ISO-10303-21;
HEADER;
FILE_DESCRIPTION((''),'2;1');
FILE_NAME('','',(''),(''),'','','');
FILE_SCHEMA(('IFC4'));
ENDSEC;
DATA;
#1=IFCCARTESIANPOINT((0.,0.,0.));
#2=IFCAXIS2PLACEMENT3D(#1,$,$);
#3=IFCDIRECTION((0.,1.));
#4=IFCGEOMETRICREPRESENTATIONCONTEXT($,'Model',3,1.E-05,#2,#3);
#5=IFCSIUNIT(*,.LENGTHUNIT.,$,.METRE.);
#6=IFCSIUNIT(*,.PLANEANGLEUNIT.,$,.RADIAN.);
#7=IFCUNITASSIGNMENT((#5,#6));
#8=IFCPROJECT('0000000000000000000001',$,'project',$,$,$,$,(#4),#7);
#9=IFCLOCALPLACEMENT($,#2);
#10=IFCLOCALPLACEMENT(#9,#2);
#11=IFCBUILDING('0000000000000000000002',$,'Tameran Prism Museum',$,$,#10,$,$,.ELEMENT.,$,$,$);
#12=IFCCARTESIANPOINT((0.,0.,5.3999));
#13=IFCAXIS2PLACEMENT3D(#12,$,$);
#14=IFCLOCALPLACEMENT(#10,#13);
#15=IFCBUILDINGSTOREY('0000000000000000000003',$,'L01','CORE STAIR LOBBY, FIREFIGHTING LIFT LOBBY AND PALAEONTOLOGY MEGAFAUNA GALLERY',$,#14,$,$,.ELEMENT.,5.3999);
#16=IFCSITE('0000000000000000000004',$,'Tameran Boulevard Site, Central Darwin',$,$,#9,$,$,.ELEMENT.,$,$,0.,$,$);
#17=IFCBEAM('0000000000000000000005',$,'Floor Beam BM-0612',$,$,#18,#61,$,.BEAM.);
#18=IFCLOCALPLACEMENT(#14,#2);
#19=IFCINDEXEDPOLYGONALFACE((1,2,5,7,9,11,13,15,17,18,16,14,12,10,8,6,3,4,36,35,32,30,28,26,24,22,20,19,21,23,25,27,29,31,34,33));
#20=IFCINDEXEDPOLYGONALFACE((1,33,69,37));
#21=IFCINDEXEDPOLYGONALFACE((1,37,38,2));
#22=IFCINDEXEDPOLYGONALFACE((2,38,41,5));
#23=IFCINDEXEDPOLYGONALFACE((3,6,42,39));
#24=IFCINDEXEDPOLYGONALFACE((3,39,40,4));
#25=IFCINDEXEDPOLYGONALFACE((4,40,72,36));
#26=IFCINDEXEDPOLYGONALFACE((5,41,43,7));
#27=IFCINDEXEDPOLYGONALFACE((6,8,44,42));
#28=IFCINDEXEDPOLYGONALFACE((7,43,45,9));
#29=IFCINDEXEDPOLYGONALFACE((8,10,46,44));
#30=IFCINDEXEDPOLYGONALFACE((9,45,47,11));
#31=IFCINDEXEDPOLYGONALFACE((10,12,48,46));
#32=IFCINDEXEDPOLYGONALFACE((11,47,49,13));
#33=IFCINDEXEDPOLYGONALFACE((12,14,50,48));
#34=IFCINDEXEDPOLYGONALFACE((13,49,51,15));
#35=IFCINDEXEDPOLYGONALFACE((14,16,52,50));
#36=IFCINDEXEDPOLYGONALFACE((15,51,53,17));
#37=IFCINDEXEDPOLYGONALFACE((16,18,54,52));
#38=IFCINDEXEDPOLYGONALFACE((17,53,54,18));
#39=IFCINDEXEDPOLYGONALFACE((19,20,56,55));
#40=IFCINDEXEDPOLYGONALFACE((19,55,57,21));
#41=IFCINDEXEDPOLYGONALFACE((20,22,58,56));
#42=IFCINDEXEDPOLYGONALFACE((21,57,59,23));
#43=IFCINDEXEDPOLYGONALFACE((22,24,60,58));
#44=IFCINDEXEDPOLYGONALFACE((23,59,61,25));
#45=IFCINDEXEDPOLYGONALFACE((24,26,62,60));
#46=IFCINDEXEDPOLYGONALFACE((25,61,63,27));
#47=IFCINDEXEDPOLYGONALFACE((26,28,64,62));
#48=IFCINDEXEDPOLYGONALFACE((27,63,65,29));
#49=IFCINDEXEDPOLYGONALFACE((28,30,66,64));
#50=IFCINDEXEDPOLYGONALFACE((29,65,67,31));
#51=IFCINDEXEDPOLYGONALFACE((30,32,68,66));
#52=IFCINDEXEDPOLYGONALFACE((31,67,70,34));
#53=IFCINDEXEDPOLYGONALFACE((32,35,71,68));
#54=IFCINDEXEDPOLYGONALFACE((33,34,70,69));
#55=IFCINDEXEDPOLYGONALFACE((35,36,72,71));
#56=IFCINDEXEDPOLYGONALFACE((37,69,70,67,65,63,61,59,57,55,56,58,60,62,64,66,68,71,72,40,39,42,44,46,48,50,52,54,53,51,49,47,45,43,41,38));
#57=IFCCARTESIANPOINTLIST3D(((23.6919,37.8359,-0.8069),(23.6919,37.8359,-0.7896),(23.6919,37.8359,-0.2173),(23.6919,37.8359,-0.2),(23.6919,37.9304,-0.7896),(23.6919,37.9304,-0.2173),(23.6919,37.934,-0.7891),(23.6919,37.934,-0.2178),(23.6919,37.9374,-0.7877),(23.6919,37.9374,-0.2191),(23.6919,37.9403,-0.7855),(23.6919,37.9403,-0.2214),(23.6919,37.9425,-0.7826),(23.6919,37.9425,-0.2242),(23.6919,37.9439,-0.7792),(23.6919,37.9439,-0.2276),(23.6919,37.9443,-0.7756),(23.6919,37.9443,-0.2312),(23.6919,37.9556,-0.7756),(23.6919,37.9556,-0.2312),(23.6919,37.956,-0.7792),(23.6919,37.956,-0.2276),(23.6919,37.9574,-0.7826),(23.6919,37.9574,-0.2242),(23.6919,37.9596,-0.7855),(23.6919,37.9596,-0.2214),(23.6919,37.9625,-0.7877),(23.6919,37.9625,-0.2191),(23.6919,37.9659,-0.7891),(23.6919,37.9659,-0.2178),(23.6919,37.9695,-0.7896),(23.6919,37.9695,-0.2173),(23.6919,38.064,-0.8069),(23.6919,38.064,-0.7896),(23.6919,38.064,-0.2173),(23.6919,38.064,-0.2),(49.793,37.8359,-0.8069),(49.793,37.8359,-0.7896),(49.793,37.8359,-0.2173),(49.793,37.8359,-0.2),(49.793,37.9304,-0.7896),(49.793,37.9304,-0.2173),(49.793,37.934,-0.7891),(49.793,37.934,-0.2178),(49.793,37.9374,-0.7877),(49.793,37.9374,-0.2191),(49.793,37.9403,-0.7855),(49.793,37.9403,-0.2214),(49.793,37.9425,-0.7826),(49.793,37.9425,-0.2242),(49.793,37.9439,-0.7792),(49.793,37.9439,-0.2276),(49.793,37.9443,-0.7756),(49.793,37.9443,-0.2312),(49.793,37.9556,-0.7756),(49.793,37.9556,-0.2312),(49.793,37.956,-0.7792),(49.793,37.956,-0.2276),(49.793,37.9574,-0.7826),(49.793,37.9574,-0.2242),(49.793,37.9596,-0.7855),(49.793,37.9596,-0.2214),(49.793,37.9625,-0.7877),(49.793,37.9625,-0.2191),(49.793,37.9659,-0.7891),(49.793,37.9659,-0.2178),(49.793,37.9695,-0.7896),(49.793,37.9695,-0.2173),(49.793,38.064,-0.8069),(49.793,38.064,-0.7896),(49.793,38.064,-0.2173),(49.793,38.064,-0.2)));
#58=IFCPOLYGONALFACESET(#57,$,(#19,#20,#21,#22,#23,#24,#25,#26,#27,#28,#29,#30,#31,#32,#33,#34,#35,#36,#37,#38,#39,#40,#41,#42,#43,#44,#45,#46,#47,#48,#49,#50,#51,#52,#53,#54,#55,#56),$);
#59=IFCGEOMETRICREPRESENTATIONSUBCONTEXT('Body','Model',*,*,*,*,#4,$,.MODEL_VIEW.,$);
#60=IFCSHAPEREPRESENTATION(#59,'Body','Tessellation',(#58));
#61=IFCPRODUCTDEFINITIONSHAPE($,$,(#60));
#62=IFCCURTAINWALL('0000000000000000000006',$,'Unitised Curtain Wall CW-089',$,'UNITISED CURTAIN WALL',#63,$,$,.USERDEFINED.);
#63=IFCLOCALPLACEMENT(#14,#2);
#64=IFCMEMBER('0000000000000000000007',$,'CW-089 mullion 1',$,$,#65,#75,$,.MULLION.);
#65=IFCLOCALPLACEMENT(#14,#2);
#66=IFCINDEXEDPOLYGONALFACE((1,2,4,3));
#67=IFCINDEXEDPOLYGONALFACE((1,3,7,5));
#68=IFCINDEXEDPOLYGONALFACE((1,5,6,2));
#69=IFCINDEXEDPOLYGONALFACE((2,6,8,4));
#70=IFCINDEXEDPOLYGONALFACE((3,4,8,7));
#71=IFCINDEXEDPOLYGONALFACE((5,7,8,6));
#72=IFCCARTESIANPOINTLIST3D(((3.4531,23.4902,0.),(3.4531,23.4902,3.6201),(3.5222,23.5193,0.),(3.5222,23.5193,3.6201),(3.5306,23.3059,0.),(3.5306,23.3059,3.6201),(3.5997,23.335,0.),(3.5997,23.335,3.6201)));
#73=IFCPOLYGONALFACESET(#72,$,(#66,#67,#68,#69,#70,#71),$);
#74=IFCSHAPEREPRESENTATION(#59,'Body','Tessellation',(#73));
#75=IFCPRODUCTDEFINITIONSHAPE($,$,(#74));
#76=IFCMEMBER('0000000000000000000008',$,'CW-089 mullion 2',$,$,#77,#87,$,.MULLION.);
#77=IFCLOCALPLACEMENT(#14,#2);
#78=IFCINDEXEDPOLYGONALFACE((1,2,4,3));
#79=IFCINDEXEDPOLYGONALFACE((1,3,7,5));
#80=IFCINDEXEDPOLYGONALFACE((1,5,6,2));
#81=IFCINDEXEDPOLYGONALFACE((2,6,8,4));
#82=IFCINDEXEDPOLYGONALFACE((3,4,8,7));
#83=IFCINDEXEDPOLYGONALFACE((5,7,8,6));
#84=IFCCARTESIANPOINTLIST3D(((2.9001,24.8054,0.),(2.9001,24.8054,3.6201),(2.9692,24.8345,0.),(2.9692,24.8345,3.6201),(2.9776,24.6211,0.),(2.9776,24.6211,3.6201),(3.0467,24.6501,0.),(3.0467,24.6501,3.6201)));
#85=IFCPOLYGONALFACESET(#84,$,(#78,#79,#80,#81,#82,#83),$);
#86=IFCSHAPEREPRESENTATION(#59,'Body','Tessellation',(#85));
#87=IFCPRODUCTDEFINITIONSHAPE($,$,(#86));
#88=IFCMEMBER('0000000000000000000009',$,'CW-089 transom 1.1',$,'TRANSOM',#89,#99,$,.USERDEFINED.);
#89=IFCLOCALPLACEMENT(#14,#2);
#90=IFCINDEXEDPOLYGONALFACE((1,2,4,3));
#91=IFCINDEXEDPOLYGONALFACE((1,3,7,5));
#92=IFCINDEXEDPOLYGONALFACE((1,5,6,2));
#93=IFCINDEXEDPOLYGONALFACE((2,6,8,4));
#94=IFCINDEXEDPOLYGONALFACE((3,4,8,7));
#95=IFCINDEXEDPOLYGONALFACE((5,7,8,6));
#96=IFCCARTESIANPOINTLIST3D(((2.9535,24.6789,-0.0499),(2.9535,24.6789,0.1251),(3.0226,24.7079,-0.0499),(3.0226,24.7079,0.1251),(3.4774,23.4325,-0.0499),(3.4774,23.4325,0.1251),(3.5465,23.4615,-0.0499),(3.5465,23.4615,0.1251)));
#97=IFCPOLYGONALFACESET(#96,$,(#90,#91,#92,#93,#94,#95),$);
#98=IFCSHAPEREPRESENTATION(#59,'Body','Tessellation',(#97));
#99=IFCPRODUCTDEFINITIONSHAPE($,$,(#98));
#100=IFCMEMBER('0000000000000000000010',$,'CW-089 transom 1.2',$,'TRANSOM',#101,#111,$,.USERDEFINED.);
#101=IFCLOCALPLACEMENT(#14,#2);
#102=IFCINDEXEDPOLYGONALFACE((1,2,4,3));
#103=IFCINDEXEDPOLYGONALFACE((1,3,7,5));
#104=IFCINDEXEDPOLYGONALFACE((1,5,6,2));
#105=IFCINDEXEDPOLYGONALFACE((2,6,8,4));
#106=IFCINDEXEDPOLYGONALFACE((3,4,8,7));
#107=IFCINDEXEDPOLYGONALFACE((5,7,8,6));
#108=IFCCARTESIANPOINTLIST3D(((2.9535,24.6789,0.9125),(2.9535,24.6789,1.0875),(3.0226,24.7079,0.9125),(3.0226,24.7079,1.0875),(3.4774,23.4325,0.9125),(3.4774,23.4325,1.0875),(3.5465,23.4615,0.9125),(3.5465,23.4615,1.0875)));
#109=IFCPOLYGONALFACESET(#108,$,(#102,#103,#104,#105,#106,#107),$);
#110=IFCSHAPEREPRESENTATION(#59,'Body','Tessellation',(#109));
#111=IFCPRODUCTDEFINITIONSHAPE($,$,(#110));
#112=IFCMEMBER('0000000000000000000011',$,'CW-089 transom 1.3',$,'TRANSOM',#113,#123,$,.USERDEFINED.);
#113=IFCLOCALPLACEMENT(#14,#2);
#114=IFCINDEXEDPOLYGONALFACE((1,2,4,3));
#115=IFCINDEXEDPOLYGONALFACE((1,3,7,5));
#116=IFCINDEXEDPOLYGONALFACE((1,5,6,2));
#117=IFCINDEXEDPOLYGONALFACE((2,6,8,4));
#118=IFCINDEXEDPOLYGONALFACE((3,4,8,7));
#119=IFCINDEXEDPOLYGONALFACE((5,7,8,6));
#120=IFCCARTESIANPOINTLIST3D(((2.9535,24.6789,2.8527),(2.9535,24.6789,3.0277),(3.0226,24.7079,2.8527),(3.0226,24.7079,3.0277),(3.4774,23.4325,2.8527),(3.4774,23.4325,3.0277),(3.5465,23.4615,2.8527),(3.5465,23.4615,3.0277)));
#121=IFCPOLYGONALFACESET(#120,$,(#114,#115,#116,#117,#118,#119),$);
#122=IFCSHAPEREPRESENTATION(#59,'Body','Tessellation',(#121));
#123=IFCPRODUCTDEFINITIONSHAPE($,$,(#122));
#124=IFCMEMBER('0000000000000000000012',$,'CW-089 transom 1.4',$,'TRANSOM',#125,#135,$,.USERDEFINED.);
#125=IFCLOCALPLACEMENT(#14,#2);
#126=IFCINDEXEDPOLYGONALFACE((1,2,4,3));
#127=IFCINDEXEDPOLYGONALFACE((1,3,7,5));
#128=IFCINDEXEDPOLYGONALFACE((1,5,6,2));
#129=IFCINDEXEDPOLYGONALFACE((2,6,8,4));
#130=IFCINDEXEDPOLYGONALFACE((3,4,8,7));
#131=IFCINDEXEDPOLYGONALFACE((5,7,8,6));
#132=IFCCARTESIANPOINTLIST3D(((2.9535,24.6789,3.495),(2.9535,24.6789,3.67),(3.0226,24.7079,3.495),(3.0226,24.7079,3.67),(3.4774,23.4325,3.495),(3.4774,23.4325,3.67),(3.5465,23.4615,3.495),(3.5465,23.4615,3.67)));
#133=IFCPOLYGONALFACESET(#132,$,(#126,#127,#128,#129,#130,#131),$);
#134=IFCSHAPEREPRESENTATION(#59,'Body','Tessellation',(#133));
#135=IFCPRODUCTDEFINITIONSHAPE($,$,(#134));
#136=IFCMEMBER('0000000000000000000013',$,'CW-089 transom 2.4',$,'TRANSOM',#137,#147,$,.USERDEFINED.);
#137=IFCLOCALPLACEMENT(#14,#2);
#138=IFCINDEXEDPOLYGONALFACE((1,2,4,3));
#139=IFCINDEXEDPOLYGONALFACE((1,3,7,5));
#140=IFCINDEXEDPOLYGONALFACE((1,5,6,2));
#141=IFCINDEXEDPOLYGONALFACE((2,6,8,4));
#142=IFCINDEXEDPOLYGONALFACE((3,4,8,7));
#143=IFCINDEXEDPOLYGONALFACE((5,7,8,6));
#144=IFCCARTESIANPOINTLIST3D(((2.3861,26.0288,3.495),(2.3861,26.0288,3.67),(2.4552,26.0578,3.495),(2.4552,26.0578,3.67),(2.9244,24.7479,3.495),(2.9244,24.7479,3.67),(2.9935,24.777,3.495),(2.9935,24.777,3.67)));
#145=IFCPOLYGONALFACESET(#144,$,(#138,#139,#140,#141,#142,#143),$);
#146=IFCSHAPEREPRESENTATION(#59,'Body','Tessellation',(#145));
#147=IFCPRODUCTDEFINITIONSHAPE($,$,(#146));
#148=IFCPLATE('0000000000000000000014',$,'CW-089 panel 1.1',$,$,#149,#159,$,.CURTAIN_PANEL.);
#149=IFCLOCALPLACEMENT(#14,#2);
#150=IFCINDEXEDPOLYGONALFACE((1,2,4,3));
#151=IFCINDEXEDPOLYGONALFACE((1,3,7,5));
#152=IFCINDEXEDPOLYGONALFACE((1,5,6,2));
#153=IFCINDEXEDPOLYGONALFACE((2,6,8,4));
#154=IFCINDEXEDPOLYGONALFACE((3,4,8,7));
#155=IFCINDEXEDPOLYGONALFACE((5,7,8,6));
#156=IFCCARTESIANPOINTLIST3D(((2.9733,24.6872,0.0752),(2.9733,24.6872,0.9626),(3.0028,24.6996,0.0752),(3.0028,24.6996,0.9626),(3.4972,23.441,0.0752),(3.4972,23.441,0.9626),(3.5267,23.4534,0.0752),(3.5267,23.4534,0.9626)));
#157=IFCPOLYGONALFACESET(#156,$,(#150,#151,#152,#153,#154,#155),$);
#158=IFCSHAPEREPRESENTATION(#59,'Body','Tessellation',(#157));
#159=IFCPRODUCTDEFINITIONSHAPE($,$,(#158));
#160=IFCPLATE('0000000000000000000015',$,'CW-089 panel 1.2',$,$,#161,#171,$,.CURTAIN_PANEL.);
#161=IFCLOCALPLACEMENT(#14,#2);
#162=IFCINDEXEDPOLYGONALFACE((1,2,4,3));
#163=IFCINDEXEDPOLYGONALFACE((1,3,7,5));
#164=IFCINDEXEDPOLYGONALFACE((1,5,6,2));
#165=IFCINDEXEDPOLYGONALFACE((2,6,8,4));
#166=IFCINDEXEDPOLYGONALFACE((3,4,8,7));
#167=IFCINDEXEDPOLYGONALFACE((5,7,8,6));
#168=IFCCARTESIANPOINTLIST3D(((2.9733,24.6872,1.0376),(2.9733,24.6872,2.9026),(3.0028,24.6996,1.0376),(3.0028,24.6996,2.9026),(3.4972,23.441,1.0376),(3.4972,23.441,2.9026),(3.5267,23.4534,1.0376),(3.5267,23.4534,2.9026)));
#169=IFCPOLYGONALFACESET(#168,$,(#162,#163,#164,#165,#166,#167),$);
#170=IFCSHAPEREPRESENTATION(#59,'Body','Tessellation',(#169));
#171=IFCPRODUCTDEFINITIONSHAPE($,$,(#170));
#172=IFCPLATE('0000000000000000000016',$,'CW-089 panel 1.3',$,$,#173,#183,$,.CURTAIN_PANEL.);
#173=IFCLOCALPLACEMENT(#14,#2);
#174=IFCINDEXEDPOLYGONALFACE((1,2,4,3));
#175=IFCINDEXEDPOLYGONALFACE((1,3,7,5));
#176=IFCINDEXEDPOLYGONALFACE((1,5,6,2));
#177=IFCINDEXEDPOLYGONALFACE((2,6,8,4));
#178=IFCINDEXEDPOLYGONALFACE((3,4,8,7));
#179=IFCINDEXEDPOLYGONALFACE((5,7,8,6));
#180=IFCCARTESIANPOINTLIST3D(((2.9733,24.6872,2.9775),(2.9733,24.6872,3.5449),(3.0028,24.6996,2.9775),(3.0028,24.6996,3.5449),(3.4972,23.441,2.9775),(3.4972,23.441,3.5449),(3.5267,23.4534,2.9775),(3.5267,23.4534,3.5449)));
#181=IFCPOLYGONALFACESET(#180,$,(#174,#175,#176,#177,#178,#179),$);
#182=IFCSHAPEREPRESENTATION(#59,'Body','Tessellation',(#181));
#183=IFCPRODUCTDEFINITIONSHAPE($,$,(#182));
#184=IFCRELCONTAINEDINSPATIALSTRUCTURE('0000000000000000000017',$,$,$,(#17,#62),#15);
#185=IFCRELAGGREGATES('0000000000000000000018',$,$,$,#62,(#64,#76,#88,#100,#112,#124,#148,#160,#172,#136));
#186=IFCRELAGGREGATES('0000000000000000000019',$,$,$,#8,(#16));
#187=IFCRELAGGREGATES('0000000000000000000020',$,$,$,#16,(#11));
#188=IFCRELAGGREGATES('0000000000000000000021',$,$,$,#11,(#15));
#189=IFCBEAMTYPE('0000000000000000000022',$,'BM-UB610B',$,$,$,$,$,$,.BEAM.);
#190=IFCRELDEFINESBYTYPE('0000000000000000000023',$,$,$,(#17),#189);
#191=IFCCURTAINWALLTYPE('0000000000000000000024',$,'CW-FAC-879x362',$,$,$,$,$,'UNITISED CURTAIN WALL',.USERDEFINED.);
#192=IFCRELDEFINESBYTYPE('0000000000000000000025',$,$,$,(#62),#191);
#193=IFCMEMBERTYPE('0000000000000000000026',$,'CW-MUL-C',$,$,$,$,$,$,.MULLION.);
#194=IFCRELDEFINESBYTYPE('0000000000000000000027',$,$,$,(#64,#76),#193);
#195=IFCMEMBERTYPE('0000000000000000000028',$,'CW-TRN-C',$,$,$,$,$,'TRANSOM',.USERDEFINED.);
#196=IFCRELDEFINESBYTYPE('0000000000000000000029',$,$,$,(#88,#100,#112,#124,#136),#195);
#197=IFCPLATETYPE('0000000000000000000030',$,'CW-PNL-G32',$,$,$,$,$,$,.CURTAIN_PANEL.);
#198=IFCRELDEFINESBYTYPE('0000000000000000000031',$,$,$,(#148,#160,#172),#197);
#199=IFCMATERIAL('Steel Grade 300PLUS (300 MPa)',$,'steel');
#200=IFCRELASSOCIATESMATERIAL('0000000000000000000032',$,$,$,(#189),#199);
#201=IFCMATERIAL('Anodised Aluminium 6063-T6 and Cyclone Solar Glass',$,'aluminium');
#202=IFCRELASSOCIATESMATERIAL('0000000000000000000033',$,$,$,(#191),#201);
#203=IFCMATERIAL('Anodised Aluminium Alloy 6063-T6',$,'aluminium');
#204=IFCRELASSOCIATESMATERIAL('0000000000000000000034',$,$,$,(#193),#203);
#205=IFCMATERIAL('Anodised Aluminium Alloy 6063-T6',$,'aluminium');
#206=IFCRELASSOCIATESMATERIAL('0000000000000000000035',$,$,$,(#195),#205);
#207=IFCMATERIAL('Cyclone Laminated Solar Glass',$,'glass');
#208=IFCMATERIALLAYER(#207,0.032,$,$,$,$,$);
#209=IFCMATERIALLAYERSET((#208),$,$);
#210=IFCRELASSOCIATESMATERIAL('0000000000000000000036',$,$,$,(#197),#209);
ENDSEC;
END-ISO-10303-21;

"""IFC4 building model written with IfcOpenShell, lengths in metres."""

from ifc_helpers import new_model, si_unit, direction, frame, origin, origin_2d, place, context, subcontext, project, spatial, rectangle, i_section, extrude, material, layer, layer_set, material_profile, profile_set, type_object, element, aggregate, save


model = new_model("IFC4")

# Units and contexts
model_context = context("Model", 3, precision=1e-05, world=origin(), true_north=direction((0.0, 1.0)))
body_context = subcontext(model_context, "Body", "Model", "MODEL_VIEW")
ifc_project = project(units=[si_unit("LENGTHUNIT", "METRE"), si_unit("PLANEANGLEUNIT", "RADIAN")], contexts=[model_context])

# Site, building, storey
site_placement = place(None, origin())
site = spatial("IfcSite", under=ifc_project, at=site_placement, Name="Tameran Boulevard Site, Central Darwin", CompositionType="ELEMENT", RefElevation=0.0)
building_placement = place(site_placement, origin())
building = spatial("IfcBuilding", under=site, at=building_placement, Name="Tameran Prism Museum", CompositionType="ELEMENT")
storey_placement = place(building_placement, frame((0.0, 0.0, 5.3999)))
storey = spatial("IfcBuildingStorey", under=building, at=storey_placement, Name="L01", Description="CORE STAIR LOBBY, FIREFIGHTING LIFT LOBBY AND PALAEONTOLOGY MEGAFAUNA GALLERY", CompositionType="ELEMENT", Elevation=5.3999)

# Beam
ifc_material_1 = material(Name="Steel Grade 300PLUS (300 MPa)", Category="steel")
ifc_material_profile_1 = material_profile(ifc_material_1, i_section(OverallWidth=0.228, OverallDepth=0.6069, WebThickness=0.0112, FlangeThickness=0.0173, FilletRadius=0.0139, at=origin_2d()))
ifc_profile_set_1 = profile_set([ifc_material_profile_1])
beam_type_1 = type_object("IfcBeamType", Name="BM-UB610B", PredefinedType="BEAM", material=ifc_profile_set_1)
beam_1_placement = place(storey_placement, frame((23.6919, 37.95, -0.5034), z_axis=(1.0, 0.0, 0.0), x_axis=(0.0, 1.0, 0.0)))
element("IfcBeam", 1, at=beam_1_placement, inside=storey, type_object=beam_type_1, Name="Floor Beam BM-0612", PredefinedType="BEAM", context=body_context, shape_type="SweptSolid", body=[
    extrude(i_section(OverallWidth=0.228, OverallDepth=0.6069, WebThickness=0.0112, FlangeThickness=0.0173, FilletRadius=0.0139, at=origin_2d()), origin(), (0.0, 0.0, 1.0), 26.1011),
])

# Curtain wall, members, plates
ifc_material_2 = material(Name="Anodised Aluminium 6063-T6 and Cyclone Solar Glass", Category="aluminium")
curtain_wall_type = type_object("IfcCurtainWallType", Name="CW-FAC-879x362", ElementType="UNITISED CURTAIN WALL", PredefinedType="USERDEFINED", material=ifc_material_2)
curtain_wall_placement = place(storey_placement, origin())
curtain_wall = element("IfcCurtainWall", 2, at=curtain_wall_placement, inside=storey, type_object=curtain_wall_type, Name="Unitised Curtain Wall CW-089", ObjectType="UNITISED CURTAIN WALL", PredefinedType="USERDEFINED")
ifc_material_3 = material(Name="Anodised Aluminium Alloy 6063-T6", Category="aluminium")
ifc_material_profile_2 = material_profile(ifc_material_3, rectangle(XDim=0.075, YDim=0.2, at=origin_2d()))
ifc_profile_set_2 = profile_set([ifc_material_profile_2])
member_type_1 = type_object("IfcMemberType", Name="CW-MUL-C", PredefinedType="MULLION", material=ifc_profile_set_2)
member_1_placement = place(storey_placement, frame((3.5264, 23.4126, 0.0), z_axis=(0.0, 0.0, 1.0), x_axis=(-0.921843, -0.387563, 0.0)))
member_1 = element("IfcMember", 3, at=member_1_placement, type_object=member_type_1, Name="CW-089 mullion 1", PredefinedType="MULLION", context=body_context, shape_type="SweptSolid", body=[
    extrude(rectangle(XDim=0.075, YDim=0.2, at=origin_2d()), origin(), (0.0, 0.0, 1.0), 3.6201),
])
member_2_placement = place(storey_placement, frame((2.9734, 24.7278, 0.0), z_axis=(0.0, 0.0, 1.0), x_axis=(-0.921843, -0.387563, 0.0)))
member_2 = element("IfcMember", 4, at=member_2_placement, type_object=member_type_1, Name="CW-089 mullion 2", PredefinedType="MULLION", context=body_context, shape_type="SweptSolid", body=[
    extrude(rectangle(XDim=0.075, YDim=0.2, at=origin_2d()), origin(), (0.0, 0.0, 1.0), 3.6201),
])
ifc_material_4 = material(Name="Anodised Aluminium Alloy 6063-T6", Category="aluminium")
ifc_material_profile_3 = material_profile(ifc_material_4, rectangle(XDim=0.075, YDim=0.175, at=origin_2d()))
ifc_profile_set_3 = profile_set([ifc_material_profile_3])
member_type_2 = type_object("IfcMemberType", Name="CW-TRN-C", ElementType="TRANSOM", PredefinedType="USERDEFINED", material=ifc_profile_set_3)
member_3_placement = place(storey_placement, frame((3.512, 23.447, 0.0376), z_axis=(-0.387524, 0.92186, 0.0), x_axis=(-0.92186, -0.387524, 0.0)))
member_3 = element("IfcMember", 5, at=member_3_placement, type_object=member_type_2, Name="CW-089 transom 1.1", ObjectType="TRANSOM", PredefinedType="USERDEFINED", context=body_context, shape_type="SweptSolid", body=[
    extrude(rectangle(XDim=0.075, YDim=0.175, at=origin_2d()), origin(), (0.0, 0.0, 1.0), 1.3521),
])
member_4_placement = place(storey_placement, frame((3.512, 23.447, 1.0), z_axis=(-0.387524, 0.92186, 0.0), x_axis=(-0.92186, -0.387524, 0.0)))
member_4 = element("IfcMember", 6, at=member_4_placement, type_object=member_type_2, Name="CW-089 transom 1.2", ObjectType="TRANSOM", PredefinedType="USERDEFINED", context=body_context, shape_type="SweptSolid", body=[
    extrude(rectangle(XDim=0.075, YDim=0.175, at=origin_2d()), origin(), (0.0, 0.0, 1.0), 1.3521),
])
member_5_placement = place(storey_placement, frame((3.512, 23.447, 2.9402), z_axis=(-0.387524, 0.92186, 0.0), x_axis=(-0.92186, -0.387524, 0.0)))
member_5 = element("IfcMember", 7, at=member_5_placement, type_object=member_type_2, Name="CW-089 transom 1.3", ObjectType="TRANSOM", PredefinedType="USERDEFINED", context=body_context, shape_type="SweptSolid", body=[
    extrude(rectangle(XDim=0.075, YDim=0.175, at=origin_2d()), origin(), (0.0, 0.0, 1.0), 1.3521),
])
member_6_placement = place(storey_placement, frame((3.512, 23.447, 3.5825), z_axis=(-0.387524, 0.92186, 0.0), x_axis=(-0.92186, -0.387524, 0.0)))
member_6 = element("IfcMember", 8, at=member_6_placement, type_object=member_type_2, Name="CW-089 transom 1.4", ObjectType="TRANSOM", PredefinedType="USERDEFINED", context=body_context, shape_type="SweptSolid", body=[
    extrude(rectangle(XDim=0.075, YDim=0.175, at=origin_2d()), origin(), (0.0, 0.0, 1.0), 1.3521),
])
member_7_placement = place(storey_placement, frame((2.959, 24.7625, 3.5825), z_axis=(-0.387483, 0.921877, 0.0), x_axis=(-0.921877, -0.387483, 0.0)))
member_7 = element("IfcMember", 9, at=member_7_placement, type_object=member_type_2, Name="CW-089 transom 2.4", ObjectType="TRANSOM", PredefinedType="USERDEFINED", context=body_context, shape_type="SweptSolid", body=[
    extrude(rectangle(XDim=0.075, YDim=0.175, at=origin_2d()), origin(), (0.0, 0.0, 1.0), 1.3894),
])
ifc_material_5 = material(Name="Cyclone Laminated Solar Glass", Category="glass")
ifc_layer_1 = layer(ifc_material_5, 0.032)
ifc_layer_set_1 = layer_set([ifc_layer_1])
plate_type = type_object("IfcPlateType", Name="CW-PNL-G32", PredefinedType="CURTAIN_PANEL", material=ifc_layer_set_1)
plate_1_placement = place(storey_placement, frame((3.25, 24.0703, 0.0752), z_axis=(0.0, 0.0, 1.0), x_axis=(-0.387563, 0.921843, 0.0)))
plate_1 = element("IfcPlate", 10, at=plate_1_placement, type_object=plate_type, Name="CW-089 panel 1.1", PredefinedType="CURTAIN_PANEL", context=body_context, shape_type="SweptSolid", body=[
    extrude(rectangle(XDim=1.3518, YDim=0.032, at=origin_2d()), origin(), (0.0, 0.0, 1.0), 0.8875),
])
plate_2_placement = place(storey_placement, frame((3.25, 24.0703, 1.0376), z_axis=(0.0, 0.0, 1.0), x_axis=(-0.387563, 0.921843, 0.0)))
plate_2 = element("IfcPlate", 11, at=plate_2_placement, type_object=plate_type, Name="CW-089 panel 1.2", PredefinedType="CURTAIN_PANEL", context=body_context, shape_type="SweptSolid", body=[
    extrude(rectangle(XDim=1.3518, YDim=0.032, at=origin_2d()), origin(), (0.0, 0.0, 1.0), 1.865),
])
plate_3_placement = place(storey_placement, frame((3.25, 24.0703, 2.9775), z_axis=(0.0, 0.0, 1.0), x_axis=(-0.387563, 0.921843, 0.0)))
plate_3 = element("IfcPlate", 12, at=plate_3_placement, type_object=plate_type, Name="CW-089 panel 1.3", PredefinedType="CURTAIN_PANEL", context=body_context, shape_type="SweptSolid", body=[
    extrude(rectangle(XDim=1.3518, YDim=0.032, at=origin_2d()), origin(), (0.0, 0.0, 1.0), 0.5674),
])
aggregate(curtain_wall, [member_1, member_2, member_3, member_4, member_5, member_6, plate_1, plate_2, plate_3, member_7])

save(model, "model.ifc")
